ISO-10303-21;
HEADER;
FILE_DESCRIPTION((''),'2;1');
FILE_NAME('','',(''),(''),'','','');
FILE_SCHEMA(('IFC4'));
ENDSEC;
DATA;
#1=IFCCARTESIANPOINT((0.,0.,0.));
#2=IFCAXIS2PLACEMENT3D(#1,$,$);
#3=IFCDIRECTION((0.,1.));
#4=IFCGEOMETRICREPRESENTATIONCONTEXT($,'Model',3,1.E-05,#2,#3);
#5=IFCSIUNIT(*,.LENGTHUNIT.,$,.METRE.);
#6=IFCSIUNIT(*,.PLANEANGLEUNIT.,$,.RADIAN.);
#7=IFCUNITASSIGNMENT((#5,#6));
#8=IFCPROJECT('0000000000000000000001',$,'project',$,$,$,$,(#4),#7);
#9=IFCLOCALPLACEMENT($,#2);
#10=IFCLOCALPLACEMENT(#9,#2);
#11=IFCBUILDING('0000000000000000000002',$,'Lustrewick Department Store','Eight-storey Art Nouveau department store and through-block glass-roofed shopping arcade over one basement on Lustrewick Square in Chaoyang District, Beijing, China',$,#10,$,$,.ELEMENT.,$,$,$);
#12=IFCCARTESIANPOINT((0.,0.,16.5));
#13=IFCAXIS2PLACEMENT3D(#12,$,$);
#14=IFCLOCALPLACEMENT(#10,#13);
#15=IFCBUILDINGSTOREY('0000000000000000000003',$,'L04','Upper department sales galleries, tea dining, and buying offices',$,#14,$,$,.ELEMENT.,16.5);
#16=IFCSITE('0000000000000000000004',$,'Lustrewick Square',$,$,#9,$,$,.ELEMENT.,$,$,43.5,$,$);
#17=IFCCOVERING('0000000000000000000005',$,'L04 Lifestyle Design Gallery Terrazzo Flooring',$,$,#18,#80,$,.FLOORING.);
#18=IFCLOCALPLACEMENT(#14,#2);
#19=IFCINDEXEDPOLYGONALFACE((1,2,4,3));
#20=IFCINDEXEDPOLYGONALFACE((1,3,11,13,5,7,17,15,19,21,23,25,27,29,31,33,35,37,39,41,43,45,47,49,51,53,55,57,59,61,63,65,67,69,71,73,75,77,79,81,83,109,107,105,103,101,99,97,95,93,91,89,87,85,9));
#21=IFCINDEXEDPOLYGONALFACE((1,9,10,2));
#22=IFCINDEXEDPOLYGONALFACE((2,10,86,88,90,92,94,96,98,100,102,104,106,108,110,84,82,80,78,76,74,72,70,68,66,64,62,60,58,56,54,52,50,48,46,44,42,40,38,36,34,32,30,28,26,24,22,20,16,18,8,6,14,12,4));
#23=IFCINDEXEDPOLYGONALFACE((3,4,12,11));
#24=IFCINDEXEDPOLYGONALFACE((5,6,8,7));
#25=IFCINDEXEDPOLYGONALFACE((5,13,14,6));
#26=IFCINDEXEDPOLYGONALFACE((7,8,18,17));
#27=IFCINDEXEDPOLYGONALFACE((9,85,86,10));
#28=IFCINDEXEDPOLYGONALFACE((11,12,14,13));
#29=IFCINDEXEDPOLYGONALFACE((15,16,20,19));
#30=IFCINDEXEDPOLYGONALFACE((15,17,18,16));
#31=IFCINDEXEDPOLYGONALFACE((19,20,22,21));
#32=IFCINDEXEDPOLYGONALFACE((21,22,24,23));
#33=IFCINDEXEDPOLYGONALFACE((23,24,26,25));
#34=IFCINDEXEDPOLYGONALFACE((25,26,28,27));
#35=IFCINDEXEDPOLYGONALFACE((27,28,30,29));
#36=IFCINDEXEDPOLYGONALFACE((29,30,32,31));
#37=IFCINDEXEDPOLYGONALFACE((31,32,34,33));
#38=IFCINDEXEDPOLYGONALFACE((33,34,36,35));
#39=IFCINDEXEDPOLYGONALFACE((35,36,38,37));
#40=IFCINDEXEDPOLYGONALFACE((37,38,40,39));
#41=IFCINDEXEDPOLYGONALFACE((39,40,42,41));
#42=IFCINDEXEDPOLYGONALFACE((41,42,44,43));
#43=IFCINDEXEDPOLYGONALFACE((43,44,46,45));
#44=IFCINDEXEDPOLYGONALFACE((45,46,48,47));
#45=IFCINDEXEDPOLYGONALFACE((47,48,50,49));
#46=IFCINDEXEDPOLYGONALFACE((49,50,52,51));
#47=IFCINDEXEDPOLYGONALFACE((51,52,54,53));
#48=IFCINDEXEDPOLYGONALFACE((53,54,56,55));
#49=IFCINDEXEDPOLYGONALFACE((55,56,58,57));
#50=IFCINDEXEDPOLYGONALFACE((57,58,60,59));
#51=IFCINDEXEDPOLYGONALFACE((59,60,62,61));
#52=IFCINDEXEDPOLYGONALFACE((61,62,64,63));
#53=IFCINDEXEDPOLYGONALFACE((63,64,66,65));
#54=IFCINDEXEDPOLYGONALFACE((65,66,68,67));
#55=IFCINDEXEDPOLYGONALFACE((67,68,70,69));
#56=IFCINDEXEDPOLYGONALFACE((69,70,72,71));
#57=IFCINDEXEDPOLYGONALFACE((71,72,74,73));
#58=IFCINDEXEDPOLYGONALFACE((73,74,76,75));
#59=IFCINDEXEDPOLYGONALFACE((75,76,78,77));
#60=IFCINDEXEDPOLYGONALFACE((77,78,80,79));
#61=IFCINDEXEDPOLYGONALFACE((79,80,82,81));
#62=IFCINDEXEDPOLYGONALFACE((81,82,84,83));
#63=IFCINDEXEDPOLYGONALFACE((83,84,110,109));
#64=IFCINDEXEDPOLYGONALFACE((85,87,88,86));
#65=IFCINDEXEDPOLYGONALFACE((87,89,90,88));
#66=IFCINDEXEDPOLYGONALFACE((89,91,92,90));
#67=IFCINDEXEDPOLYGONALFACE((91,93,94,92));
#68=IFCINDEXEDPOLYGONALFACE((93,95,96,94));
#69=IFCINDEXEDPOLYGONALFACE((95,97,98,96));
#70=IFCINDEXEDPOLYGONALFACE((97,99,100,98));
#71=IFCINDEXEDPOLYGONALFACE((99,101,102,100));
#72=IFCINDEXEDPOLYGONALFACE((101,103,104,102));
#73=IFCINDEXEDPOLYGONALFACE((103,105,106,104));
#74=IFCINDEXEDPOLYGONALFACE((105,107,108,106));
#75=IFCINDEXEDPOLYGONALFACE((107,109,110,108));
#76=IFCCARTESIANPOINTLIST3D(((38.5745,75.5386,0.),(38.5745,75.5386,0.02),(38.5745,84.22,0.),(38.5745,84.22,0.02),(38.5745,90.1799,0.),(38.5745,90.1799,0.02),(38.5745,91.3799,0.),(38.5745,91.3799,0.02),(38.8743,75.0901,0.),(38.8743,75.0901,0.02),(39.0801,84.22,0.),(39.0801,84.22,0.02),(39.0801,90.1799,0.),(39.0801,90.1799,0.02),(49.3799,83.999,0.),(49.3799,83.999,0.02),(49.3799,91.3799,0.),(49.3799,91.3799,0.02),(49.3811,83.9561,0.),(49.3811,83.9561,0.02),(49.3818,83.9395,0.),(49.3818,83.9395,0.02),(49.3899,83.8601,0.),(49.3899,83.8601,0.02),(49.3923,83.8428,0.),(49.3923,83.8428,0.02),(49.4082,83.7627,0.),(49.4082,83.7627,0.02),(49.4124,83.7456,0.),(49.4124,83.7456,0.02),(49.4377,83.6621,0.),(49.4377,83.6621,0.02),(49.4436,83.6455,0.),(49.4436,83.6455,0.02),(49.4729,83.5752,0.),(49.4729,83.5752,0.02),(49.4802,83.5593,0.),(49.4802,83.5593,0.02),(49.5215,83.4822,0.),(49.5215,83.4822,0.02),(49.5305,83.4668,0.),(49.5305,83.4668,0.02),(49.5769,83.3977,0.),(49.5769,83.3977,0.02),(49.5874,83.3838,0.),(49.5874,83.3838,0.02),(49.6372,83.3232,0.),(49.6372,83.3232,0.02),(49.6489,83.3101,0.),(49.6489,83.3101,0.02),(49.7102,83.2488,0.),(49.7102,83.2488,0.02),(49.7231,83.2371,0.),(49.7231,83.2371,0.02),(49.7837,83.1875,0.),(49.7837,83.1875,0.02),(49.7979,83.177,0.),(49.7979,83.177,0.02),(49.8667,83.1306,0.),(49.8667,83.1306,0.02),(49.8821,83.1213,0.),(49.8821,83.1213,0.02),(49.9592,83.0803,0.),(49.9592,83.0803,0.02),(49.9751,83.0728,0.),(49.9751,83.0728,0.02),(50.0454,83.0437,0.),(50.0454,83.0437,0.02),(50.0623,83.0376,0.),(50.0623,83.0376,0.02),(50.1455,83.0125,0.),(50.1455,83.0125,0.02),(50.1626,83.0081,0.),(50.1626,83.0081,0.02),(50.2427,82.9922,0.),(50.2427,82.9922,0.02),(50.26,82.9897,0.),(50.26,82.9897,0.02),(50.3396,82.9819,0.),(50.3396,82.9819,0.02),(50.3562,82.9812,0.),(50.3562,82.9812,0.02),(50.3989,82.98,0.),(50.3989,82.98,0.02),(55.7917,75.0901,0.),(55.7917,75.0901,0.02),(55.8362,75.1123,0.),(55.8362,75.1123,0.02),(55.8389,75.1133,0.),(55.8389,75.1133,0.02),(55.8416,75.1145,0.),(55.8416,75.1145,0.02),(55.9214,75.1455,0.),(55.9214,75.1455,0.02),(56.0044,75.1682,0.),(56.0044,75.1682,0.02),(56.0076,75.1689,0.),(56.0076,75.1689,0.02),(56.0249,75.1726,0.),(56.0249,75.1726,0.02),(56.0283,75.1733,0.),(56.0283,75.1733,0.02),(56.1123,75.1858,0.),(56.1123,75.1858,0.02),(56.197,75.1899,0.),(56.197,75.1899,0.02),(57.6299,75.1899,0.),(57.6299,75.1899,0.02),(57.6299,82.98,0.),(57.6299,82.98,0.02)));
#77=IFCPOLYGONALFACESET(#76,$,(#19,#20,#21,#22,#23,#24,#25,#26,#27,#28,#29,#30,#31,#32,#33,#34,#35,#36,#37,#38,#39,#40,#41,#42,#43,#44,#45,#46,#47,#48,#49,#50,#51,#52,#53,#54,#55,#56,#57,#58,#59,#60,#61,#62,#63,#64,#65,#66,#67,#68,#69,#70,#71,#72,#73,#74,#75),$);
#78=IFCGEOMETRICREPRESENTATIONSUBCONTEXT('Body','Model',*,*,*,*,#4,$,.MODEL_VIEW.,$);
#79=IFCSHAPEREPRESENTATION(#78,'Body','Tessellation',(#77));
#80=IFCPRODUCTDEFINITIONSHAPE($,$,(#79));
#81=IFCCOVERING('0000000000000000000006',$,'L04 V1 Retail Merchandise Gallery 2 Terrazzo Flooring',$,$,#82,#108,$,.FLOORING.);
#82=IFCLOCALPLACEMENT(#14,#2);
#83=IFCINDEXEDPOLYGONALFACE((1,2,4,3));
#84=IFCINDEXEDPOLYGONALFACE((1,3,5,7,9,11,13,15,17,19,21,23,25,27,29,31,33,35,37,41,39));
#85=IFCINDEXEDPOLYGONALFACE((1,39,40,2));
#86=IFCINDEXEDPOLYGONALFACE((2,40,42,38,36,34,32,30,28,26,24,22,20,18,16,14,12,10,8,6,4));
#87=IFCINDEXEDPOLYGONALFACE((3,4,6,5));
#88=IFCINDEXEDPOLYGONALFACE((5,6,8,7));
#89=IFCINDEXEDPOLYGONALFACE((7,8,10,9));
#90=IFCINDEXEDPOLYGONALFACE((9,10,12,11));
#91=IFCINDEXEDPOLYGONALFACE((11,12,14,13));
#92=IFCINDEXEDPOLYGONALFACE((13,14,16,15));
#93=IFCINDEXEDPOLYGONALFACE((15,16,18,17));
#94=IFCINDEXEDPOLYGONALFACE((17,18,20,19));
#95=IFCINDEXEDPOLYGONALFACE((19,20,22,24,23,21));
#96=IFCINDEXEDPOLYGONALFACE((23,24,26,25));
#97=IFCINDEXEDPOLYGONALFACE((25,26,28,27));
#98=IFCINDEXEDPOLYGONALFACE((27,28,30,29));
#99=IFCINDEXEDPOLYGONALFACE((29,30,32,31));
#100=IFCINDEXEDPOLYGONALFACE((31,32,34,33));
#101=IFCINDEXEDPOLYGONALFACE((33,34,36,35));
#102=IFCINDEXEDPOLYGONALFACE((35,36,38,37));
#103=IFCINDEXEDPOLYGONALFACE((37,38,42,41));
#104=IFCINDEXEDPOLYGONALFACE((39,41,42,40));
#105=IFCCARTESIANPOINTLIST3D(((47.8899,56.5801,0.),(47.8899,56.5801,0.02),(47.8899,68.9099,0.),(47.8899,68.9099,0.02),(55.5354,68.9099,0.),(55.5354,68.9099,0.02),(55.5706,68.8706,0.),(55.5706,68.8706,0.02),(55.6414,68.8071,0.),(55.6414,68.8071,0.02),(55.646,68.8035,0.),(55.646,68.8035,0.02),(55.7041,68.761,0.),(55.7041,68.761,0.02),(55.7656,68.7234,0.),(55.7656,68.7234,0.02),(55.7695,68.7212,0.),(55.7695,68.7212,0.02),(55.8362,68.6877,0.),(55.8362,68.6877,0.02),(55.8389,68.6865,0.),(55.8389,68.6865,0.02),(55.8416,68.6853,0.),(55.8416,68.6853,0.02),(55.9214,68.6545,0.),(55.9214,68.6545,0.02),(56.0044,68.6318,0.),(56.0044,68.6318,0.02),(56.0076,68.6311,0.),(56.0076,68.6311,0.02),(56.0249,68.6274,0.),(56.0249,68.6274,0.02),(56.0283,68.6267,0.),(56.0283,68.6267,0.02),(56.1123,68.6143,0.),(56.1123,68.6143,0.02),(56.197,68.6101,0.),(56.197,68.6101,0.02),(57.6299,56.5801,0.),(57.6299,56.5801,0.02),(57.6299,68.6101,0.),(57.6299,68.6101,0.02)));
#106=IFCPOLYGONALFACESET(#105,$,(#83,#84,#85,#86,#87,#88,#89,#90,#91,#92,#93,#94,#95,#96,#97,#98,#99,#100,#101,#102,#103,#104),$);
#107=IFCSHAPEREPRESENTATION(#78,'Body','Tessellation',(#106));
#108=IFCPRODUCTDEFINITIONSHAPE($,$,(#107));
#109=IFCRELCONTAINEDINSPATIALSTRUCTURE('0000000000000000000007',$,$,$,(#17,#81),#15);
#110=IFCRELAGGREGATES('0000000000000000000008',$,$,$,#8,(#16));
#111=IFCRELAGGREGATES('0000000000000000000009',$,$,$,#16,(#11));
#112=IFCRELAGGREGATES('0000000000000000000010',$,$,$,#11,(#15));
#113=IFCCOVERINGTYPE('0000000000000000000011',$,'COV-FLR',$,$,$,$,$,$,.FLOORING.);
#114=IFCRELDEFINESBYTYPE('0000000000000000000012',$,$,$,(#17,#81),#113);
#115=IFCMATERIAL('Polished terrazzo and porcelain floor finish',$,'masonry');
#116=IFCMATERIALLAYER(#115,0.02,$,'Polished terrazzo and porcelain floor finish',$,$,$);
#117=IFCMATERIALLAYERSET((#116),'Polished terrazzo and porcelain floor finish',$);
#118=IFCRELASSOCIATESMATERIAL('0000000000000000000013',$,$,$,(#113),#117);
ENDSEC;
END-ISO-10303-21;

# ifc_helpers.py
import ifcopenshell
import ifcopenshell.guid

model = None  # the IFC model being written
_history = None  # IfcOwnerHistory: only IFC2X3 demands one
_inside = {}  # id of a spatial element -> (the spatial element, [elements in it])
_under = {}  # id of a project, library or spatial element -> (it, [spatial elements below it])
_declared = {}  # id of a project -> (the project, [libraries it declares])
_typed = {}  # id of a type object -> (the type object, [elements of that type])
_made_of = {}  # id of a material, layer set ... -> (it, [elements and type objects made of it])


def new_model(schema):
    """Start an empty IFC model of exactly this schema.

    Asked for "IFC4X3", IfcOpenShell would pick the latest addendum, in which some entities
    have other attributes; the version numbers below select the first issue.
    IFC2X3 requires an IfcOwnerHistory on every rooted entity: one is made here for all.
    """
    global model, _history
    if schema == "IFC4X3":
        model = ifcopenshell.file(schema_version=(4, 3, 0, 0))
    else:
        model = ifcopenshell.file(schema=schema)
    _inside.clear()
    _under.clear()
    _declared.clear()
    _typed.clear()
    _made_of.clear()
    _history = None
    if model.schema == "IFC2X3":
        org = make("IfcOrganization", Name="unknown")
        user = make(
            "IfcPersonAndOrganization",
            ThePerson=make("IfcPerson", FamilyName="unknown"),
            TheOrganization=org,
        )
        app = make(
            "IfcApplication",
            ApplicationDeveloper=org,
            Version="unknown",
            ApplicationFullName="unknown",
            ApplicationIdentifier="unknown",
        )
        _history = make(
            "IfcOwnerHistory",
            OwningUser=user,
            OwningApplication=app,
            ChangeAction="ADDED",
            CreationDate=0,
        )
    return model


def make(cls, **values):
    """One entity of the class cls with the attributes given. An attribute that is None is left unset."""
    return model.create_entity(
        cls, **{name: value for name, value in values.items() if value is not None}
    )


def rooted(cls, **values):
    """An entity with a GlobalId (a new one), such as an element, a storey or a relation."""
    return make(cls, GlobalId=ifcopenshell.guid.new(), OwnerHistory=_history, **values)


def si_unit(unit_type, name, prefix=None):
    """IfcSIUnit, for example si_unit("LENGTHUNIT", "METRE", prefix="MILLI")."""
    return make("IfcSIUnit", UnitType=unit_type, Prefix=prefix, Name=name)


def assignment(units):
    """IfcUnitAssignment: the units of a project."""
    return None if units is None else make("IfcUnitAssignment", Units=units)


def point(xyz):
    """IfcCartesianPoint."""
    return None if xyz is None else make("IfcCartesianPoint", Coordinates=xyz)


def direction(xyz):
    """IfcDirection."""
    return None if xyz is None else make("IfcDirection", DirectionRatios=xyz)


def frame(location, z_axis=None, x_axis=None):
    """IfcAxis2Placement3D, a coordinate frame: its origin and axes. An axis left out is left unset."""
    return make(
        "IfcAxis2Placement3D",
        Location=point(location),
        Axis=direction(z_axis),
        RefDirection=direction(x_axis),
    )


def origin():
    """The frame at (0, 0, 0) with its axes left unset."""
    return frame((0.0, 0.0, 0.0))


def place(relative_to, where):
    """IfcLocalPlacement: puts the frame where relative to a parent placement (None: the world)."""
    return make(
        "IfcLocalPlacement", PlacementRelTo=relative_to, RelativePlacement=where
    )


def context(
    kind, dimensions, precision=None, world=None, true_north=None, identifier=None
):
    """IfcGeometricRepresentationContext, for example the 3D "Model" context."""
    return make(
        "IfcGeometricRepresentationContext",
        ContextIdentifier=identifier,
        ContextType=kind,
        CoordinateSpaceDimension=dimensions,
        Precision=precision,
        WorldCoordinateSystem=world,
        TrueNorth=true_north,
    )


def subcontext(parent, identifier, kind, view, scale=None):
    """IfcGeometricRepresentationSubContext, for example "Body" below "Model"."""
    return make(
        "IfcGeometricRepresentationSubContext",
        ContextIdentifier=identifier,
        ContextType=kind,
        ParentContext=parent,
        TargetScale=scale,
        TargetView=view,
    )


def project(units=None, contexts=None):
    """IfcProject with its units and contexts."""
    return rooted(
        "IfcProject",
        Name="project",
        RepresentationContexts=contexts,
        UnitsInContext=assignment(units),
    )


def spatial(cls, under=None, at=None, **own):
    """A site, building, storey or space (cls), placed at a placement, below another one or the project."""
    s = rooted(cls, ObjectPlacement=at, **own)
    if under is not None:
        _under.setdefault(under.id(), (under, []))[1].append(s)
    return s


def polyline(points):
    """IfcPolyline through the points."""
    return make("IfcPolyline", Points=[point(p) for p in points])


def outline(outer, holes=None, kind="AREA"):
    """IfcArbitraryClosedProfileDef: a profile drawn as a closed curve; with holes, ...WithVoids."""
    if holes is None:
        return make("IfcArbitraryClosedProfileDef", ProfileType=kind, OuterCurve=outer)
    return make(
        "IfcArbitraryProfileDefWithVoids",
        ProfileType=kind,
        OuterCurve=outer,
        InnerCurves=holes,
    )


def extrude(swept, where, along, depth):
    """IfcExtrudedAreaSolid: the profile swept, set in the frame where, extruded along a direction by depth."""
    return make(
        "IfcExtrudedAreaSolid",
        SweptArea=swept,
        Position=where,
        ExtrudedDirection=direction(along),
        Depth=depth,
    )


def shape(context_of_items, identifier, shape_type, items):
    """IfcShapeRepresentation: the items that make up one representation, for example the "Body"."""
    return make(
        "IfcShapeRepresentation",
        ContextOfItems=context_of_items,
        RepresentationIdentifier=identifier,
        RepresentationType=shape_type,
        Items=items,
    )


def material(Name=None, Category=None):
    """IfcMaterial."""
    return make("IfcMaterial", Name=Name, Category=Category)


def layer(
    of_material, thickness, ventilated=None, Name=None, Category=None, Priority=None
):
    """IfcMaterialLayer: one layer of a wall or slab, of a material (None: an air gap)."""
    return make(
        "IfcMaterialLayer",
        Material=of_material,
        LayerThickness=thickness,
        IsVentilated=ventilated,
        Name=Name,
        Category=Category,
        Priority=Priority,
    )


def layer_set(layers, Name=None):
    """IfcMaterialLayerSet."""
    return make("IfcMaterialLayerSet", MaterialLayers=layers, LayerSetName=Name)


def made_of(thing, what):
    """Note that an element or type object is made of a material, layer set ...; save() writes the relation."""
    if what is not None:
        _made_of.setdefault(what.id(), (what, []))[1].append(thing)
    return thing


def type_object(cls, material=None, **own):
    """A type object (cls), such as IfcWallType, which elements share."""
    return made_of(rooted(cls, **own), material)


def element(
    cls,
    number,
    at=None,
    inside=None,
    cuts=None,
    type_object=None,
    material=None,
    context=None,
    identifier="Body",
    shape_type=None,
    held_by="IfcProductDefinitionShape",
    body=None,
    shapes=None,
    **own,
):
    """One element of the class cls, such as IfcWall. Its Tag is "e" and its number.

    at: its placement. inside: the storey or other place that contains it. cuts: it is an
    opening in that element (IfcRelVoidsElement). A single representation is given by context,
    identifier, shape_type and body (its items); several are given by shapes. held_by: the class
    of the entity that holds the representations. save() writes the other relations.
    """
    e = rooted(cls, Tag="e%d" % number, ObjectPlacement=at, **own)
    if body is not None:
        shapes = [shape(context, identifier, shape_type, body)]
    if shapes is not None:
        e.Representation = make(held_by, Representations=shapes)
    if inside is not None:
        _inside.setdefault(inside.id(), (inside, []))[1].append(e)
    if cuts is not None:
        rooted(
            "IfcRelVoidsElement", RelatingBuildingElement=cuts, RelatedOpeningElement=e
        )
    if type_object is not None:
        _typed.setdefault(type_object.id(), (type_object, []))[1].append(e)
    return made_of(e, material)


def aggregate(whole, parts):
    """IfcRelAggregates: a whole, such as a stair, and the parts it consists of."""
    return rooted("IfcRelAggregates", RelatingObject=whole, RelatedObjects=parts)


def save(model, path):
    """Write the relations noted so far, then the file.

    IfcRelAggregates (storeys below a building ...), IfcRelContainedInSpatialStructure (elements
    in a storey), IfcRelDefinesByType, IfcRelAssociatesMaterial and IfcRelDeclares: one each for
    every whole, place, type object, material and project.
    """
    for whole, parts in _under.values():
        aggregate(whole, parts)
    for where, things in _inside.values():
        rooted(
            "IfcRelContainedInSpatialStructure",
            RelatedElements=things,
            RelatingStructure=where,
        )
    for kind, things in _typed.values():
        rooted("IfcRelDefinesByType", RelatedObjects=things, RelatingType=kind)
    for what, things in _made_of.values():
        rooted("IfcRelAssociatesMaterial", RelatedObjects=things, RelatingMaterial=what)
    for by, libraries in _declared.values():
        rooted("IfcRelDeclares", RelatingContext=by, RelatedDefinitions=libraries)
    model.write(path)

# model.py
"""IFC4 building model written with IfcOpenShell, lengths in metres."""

from ifc_helpers import new_model, si_unit, direction, frame, origin, place, context, subcontext, project, spatial, polyline, outline, extrude, material, layer, layer_set, type_object, element, save


model = new_model("IFC4")

# Units and contexts
model_context = context("Model", 3, precision=1e-05, world=origin(), true_north=direction((0.0, 1.0)))
body_context = subcontext(model_context, "Body", "Model", "MODEL_VIEW")
ifc_project = project(units=[si_unit("LENGTHUNIT", "METRE"), si_unit("PLANEANGLEUNIT", "RADIAN")], contexts=[model_context])

# Site, building, storey
site_placement = place(None, origin())
site = spatial("IfcSite", under=ifc_project, at=site_placement, Name="Lustrewick Square", CompositionType="ELEMENT", RefElevation=43.5)
building_placement = place(site_placement, origin())
building = spatial("IfcBuilding", under=site, at=building_placement, Name="Lustrewick Department Store", Description="Eight-storey Art Nouveau department store and through-block glass-roofed shopping arcade over one basement on Lustrewick Square in Chaoyang District, Beijing, China", CompositionType="ELEMENT")
storey_placement = place(building_placement, frame((0.0, 0.0, 16.5)))
storey = spatial("IfcBuildingStorey", under=building, at=storey_placement, Name="L04", Description="Upper department sales galleries, tea dining, and buying offices", CompositionType="ELEMENT", Elevation=16.5)

# Coverings
ifc_material_1 = material(Name="Polished terrazzo and porcelain floor finish", Category="masonry")
ifc_layer_1 = layer(ifc_material_1, 0.02, Name="Polished terrazzo and porcelain floor finish")
ifc_layer_set_1 = layer_set([ifc_layer_1], Name="Polished terrazzo and porcelain floor finish")
covering_type_1 = type_object("IfcCoveringType", Name="COV-FLR", PredefinedType="FLOORING", material=ifc_layer_set_1)
covering_1_placement = place(storey_placement, origin())
element("IfcCovering", 1, at=covering_1_placement, inside=storey, type_object=covering_type_1, Name="L04 Lifestyle Design Gallery Terrazzo Flooring", PredefinedType="FLOORING", context=body_context, shape_type="SweptSolid", body=[
    extrude(outline(polyline([(38.5745, 91.3799), (38.5745, 90.1799), (39.0801, 90.1799), (39.0801, 84.22), (38.5745, 84.22), (38.5745, 75.5386), (38.8743, 75.0901), (55.7917, 75.0901), (55.8362, 75.1123), (55.8389, 75.1133), (55.8416, 75.1145), (55.9214, 75.1455), (56.0044, 75.1682), (56.0076, 75.1689), (56.0249, 75.1726), (56.0283, 75.1733), (56.1123, 75.1858), (56.197, 75.1899), (57.6299, 75.1899), (57.6299, 82.98), (50.3989, 82.98), (50.3562, 82.9812), (50.3396, 82.9819), (50.26, 82.9897), (50.2427, 82.9922), (50.1626, 83.0081), (50.1455, 83.0125), (50.0623, 83.0376), (50.0454, 83.0437), (49.9751, 83.0728), (49.9592, 83.0803), (49.8821, 83.1213), (49.8667, 83.1306), (49.7979, 83.177), (49.7837, 83.1875), (49.7231, 83.2371), (49.7102, 83.2488), (49.6489, 83.3101), (49.6372, 83.3232), (49.5874, 83.3838), (49.5769, 83.3977), (49.5305, 83.4668), (49.5215, 83.4822), (49.4802, 83.5593), (49.4729, 83.5752), (49.4436, 83.6455), (49.4377, 83.6621), (49.4124, 83.7456), (49.4082, 83.7627), (49.3923, 83.8428), (49.3899, 83.8601), (49.3818, 83.9395), (49.3811, 83.9561), (49.3799, 83.999), (49.3799, 91.3799), (38.5745, 91.3799)])), origin(), (0.0, 0.0, 1.0), 0.02),
])
covering_2_placement = place(storey_placement, origin())
element("IfcCovering", 2, at=covering_2_placement, inside=storey, type_object=covering_type_1, Name="L04 V1 Retail Merchandise Gallery 2 Terrazzo Flooring", PredefinedType="FLOORING", context=body_context, shape_type="SweptSolid", body=[
    extrude(outline(polyline([(55.5354, 68.9099), (47.8899, 68.9099), (47.8899, 56.5801), (57.6299, 56.5801), (57.6299, 68.6101), (56.197, 68.6101), (56.1123, 68.6143), (56.0283, 68.6267), (56.0249, 68.6274), (56.0076, 68.6311), (56.0044, 68.6318), (55.9214, 68.6545), (55.8416, 68.6853), (55.8389, 68.6865), (55.8362, 68.6877), (55.7695, 68.7212), (55.7656, 68.7234), (55.7041, 68.761), (55.646, 68.8035), (55.6414, 68.8071), (55.5706, 68.8706), (55.5354, 68.9099)])), origin(), (0.0, 0.0, 1.0), 0.02),
])

save(model, "model.ifc")
